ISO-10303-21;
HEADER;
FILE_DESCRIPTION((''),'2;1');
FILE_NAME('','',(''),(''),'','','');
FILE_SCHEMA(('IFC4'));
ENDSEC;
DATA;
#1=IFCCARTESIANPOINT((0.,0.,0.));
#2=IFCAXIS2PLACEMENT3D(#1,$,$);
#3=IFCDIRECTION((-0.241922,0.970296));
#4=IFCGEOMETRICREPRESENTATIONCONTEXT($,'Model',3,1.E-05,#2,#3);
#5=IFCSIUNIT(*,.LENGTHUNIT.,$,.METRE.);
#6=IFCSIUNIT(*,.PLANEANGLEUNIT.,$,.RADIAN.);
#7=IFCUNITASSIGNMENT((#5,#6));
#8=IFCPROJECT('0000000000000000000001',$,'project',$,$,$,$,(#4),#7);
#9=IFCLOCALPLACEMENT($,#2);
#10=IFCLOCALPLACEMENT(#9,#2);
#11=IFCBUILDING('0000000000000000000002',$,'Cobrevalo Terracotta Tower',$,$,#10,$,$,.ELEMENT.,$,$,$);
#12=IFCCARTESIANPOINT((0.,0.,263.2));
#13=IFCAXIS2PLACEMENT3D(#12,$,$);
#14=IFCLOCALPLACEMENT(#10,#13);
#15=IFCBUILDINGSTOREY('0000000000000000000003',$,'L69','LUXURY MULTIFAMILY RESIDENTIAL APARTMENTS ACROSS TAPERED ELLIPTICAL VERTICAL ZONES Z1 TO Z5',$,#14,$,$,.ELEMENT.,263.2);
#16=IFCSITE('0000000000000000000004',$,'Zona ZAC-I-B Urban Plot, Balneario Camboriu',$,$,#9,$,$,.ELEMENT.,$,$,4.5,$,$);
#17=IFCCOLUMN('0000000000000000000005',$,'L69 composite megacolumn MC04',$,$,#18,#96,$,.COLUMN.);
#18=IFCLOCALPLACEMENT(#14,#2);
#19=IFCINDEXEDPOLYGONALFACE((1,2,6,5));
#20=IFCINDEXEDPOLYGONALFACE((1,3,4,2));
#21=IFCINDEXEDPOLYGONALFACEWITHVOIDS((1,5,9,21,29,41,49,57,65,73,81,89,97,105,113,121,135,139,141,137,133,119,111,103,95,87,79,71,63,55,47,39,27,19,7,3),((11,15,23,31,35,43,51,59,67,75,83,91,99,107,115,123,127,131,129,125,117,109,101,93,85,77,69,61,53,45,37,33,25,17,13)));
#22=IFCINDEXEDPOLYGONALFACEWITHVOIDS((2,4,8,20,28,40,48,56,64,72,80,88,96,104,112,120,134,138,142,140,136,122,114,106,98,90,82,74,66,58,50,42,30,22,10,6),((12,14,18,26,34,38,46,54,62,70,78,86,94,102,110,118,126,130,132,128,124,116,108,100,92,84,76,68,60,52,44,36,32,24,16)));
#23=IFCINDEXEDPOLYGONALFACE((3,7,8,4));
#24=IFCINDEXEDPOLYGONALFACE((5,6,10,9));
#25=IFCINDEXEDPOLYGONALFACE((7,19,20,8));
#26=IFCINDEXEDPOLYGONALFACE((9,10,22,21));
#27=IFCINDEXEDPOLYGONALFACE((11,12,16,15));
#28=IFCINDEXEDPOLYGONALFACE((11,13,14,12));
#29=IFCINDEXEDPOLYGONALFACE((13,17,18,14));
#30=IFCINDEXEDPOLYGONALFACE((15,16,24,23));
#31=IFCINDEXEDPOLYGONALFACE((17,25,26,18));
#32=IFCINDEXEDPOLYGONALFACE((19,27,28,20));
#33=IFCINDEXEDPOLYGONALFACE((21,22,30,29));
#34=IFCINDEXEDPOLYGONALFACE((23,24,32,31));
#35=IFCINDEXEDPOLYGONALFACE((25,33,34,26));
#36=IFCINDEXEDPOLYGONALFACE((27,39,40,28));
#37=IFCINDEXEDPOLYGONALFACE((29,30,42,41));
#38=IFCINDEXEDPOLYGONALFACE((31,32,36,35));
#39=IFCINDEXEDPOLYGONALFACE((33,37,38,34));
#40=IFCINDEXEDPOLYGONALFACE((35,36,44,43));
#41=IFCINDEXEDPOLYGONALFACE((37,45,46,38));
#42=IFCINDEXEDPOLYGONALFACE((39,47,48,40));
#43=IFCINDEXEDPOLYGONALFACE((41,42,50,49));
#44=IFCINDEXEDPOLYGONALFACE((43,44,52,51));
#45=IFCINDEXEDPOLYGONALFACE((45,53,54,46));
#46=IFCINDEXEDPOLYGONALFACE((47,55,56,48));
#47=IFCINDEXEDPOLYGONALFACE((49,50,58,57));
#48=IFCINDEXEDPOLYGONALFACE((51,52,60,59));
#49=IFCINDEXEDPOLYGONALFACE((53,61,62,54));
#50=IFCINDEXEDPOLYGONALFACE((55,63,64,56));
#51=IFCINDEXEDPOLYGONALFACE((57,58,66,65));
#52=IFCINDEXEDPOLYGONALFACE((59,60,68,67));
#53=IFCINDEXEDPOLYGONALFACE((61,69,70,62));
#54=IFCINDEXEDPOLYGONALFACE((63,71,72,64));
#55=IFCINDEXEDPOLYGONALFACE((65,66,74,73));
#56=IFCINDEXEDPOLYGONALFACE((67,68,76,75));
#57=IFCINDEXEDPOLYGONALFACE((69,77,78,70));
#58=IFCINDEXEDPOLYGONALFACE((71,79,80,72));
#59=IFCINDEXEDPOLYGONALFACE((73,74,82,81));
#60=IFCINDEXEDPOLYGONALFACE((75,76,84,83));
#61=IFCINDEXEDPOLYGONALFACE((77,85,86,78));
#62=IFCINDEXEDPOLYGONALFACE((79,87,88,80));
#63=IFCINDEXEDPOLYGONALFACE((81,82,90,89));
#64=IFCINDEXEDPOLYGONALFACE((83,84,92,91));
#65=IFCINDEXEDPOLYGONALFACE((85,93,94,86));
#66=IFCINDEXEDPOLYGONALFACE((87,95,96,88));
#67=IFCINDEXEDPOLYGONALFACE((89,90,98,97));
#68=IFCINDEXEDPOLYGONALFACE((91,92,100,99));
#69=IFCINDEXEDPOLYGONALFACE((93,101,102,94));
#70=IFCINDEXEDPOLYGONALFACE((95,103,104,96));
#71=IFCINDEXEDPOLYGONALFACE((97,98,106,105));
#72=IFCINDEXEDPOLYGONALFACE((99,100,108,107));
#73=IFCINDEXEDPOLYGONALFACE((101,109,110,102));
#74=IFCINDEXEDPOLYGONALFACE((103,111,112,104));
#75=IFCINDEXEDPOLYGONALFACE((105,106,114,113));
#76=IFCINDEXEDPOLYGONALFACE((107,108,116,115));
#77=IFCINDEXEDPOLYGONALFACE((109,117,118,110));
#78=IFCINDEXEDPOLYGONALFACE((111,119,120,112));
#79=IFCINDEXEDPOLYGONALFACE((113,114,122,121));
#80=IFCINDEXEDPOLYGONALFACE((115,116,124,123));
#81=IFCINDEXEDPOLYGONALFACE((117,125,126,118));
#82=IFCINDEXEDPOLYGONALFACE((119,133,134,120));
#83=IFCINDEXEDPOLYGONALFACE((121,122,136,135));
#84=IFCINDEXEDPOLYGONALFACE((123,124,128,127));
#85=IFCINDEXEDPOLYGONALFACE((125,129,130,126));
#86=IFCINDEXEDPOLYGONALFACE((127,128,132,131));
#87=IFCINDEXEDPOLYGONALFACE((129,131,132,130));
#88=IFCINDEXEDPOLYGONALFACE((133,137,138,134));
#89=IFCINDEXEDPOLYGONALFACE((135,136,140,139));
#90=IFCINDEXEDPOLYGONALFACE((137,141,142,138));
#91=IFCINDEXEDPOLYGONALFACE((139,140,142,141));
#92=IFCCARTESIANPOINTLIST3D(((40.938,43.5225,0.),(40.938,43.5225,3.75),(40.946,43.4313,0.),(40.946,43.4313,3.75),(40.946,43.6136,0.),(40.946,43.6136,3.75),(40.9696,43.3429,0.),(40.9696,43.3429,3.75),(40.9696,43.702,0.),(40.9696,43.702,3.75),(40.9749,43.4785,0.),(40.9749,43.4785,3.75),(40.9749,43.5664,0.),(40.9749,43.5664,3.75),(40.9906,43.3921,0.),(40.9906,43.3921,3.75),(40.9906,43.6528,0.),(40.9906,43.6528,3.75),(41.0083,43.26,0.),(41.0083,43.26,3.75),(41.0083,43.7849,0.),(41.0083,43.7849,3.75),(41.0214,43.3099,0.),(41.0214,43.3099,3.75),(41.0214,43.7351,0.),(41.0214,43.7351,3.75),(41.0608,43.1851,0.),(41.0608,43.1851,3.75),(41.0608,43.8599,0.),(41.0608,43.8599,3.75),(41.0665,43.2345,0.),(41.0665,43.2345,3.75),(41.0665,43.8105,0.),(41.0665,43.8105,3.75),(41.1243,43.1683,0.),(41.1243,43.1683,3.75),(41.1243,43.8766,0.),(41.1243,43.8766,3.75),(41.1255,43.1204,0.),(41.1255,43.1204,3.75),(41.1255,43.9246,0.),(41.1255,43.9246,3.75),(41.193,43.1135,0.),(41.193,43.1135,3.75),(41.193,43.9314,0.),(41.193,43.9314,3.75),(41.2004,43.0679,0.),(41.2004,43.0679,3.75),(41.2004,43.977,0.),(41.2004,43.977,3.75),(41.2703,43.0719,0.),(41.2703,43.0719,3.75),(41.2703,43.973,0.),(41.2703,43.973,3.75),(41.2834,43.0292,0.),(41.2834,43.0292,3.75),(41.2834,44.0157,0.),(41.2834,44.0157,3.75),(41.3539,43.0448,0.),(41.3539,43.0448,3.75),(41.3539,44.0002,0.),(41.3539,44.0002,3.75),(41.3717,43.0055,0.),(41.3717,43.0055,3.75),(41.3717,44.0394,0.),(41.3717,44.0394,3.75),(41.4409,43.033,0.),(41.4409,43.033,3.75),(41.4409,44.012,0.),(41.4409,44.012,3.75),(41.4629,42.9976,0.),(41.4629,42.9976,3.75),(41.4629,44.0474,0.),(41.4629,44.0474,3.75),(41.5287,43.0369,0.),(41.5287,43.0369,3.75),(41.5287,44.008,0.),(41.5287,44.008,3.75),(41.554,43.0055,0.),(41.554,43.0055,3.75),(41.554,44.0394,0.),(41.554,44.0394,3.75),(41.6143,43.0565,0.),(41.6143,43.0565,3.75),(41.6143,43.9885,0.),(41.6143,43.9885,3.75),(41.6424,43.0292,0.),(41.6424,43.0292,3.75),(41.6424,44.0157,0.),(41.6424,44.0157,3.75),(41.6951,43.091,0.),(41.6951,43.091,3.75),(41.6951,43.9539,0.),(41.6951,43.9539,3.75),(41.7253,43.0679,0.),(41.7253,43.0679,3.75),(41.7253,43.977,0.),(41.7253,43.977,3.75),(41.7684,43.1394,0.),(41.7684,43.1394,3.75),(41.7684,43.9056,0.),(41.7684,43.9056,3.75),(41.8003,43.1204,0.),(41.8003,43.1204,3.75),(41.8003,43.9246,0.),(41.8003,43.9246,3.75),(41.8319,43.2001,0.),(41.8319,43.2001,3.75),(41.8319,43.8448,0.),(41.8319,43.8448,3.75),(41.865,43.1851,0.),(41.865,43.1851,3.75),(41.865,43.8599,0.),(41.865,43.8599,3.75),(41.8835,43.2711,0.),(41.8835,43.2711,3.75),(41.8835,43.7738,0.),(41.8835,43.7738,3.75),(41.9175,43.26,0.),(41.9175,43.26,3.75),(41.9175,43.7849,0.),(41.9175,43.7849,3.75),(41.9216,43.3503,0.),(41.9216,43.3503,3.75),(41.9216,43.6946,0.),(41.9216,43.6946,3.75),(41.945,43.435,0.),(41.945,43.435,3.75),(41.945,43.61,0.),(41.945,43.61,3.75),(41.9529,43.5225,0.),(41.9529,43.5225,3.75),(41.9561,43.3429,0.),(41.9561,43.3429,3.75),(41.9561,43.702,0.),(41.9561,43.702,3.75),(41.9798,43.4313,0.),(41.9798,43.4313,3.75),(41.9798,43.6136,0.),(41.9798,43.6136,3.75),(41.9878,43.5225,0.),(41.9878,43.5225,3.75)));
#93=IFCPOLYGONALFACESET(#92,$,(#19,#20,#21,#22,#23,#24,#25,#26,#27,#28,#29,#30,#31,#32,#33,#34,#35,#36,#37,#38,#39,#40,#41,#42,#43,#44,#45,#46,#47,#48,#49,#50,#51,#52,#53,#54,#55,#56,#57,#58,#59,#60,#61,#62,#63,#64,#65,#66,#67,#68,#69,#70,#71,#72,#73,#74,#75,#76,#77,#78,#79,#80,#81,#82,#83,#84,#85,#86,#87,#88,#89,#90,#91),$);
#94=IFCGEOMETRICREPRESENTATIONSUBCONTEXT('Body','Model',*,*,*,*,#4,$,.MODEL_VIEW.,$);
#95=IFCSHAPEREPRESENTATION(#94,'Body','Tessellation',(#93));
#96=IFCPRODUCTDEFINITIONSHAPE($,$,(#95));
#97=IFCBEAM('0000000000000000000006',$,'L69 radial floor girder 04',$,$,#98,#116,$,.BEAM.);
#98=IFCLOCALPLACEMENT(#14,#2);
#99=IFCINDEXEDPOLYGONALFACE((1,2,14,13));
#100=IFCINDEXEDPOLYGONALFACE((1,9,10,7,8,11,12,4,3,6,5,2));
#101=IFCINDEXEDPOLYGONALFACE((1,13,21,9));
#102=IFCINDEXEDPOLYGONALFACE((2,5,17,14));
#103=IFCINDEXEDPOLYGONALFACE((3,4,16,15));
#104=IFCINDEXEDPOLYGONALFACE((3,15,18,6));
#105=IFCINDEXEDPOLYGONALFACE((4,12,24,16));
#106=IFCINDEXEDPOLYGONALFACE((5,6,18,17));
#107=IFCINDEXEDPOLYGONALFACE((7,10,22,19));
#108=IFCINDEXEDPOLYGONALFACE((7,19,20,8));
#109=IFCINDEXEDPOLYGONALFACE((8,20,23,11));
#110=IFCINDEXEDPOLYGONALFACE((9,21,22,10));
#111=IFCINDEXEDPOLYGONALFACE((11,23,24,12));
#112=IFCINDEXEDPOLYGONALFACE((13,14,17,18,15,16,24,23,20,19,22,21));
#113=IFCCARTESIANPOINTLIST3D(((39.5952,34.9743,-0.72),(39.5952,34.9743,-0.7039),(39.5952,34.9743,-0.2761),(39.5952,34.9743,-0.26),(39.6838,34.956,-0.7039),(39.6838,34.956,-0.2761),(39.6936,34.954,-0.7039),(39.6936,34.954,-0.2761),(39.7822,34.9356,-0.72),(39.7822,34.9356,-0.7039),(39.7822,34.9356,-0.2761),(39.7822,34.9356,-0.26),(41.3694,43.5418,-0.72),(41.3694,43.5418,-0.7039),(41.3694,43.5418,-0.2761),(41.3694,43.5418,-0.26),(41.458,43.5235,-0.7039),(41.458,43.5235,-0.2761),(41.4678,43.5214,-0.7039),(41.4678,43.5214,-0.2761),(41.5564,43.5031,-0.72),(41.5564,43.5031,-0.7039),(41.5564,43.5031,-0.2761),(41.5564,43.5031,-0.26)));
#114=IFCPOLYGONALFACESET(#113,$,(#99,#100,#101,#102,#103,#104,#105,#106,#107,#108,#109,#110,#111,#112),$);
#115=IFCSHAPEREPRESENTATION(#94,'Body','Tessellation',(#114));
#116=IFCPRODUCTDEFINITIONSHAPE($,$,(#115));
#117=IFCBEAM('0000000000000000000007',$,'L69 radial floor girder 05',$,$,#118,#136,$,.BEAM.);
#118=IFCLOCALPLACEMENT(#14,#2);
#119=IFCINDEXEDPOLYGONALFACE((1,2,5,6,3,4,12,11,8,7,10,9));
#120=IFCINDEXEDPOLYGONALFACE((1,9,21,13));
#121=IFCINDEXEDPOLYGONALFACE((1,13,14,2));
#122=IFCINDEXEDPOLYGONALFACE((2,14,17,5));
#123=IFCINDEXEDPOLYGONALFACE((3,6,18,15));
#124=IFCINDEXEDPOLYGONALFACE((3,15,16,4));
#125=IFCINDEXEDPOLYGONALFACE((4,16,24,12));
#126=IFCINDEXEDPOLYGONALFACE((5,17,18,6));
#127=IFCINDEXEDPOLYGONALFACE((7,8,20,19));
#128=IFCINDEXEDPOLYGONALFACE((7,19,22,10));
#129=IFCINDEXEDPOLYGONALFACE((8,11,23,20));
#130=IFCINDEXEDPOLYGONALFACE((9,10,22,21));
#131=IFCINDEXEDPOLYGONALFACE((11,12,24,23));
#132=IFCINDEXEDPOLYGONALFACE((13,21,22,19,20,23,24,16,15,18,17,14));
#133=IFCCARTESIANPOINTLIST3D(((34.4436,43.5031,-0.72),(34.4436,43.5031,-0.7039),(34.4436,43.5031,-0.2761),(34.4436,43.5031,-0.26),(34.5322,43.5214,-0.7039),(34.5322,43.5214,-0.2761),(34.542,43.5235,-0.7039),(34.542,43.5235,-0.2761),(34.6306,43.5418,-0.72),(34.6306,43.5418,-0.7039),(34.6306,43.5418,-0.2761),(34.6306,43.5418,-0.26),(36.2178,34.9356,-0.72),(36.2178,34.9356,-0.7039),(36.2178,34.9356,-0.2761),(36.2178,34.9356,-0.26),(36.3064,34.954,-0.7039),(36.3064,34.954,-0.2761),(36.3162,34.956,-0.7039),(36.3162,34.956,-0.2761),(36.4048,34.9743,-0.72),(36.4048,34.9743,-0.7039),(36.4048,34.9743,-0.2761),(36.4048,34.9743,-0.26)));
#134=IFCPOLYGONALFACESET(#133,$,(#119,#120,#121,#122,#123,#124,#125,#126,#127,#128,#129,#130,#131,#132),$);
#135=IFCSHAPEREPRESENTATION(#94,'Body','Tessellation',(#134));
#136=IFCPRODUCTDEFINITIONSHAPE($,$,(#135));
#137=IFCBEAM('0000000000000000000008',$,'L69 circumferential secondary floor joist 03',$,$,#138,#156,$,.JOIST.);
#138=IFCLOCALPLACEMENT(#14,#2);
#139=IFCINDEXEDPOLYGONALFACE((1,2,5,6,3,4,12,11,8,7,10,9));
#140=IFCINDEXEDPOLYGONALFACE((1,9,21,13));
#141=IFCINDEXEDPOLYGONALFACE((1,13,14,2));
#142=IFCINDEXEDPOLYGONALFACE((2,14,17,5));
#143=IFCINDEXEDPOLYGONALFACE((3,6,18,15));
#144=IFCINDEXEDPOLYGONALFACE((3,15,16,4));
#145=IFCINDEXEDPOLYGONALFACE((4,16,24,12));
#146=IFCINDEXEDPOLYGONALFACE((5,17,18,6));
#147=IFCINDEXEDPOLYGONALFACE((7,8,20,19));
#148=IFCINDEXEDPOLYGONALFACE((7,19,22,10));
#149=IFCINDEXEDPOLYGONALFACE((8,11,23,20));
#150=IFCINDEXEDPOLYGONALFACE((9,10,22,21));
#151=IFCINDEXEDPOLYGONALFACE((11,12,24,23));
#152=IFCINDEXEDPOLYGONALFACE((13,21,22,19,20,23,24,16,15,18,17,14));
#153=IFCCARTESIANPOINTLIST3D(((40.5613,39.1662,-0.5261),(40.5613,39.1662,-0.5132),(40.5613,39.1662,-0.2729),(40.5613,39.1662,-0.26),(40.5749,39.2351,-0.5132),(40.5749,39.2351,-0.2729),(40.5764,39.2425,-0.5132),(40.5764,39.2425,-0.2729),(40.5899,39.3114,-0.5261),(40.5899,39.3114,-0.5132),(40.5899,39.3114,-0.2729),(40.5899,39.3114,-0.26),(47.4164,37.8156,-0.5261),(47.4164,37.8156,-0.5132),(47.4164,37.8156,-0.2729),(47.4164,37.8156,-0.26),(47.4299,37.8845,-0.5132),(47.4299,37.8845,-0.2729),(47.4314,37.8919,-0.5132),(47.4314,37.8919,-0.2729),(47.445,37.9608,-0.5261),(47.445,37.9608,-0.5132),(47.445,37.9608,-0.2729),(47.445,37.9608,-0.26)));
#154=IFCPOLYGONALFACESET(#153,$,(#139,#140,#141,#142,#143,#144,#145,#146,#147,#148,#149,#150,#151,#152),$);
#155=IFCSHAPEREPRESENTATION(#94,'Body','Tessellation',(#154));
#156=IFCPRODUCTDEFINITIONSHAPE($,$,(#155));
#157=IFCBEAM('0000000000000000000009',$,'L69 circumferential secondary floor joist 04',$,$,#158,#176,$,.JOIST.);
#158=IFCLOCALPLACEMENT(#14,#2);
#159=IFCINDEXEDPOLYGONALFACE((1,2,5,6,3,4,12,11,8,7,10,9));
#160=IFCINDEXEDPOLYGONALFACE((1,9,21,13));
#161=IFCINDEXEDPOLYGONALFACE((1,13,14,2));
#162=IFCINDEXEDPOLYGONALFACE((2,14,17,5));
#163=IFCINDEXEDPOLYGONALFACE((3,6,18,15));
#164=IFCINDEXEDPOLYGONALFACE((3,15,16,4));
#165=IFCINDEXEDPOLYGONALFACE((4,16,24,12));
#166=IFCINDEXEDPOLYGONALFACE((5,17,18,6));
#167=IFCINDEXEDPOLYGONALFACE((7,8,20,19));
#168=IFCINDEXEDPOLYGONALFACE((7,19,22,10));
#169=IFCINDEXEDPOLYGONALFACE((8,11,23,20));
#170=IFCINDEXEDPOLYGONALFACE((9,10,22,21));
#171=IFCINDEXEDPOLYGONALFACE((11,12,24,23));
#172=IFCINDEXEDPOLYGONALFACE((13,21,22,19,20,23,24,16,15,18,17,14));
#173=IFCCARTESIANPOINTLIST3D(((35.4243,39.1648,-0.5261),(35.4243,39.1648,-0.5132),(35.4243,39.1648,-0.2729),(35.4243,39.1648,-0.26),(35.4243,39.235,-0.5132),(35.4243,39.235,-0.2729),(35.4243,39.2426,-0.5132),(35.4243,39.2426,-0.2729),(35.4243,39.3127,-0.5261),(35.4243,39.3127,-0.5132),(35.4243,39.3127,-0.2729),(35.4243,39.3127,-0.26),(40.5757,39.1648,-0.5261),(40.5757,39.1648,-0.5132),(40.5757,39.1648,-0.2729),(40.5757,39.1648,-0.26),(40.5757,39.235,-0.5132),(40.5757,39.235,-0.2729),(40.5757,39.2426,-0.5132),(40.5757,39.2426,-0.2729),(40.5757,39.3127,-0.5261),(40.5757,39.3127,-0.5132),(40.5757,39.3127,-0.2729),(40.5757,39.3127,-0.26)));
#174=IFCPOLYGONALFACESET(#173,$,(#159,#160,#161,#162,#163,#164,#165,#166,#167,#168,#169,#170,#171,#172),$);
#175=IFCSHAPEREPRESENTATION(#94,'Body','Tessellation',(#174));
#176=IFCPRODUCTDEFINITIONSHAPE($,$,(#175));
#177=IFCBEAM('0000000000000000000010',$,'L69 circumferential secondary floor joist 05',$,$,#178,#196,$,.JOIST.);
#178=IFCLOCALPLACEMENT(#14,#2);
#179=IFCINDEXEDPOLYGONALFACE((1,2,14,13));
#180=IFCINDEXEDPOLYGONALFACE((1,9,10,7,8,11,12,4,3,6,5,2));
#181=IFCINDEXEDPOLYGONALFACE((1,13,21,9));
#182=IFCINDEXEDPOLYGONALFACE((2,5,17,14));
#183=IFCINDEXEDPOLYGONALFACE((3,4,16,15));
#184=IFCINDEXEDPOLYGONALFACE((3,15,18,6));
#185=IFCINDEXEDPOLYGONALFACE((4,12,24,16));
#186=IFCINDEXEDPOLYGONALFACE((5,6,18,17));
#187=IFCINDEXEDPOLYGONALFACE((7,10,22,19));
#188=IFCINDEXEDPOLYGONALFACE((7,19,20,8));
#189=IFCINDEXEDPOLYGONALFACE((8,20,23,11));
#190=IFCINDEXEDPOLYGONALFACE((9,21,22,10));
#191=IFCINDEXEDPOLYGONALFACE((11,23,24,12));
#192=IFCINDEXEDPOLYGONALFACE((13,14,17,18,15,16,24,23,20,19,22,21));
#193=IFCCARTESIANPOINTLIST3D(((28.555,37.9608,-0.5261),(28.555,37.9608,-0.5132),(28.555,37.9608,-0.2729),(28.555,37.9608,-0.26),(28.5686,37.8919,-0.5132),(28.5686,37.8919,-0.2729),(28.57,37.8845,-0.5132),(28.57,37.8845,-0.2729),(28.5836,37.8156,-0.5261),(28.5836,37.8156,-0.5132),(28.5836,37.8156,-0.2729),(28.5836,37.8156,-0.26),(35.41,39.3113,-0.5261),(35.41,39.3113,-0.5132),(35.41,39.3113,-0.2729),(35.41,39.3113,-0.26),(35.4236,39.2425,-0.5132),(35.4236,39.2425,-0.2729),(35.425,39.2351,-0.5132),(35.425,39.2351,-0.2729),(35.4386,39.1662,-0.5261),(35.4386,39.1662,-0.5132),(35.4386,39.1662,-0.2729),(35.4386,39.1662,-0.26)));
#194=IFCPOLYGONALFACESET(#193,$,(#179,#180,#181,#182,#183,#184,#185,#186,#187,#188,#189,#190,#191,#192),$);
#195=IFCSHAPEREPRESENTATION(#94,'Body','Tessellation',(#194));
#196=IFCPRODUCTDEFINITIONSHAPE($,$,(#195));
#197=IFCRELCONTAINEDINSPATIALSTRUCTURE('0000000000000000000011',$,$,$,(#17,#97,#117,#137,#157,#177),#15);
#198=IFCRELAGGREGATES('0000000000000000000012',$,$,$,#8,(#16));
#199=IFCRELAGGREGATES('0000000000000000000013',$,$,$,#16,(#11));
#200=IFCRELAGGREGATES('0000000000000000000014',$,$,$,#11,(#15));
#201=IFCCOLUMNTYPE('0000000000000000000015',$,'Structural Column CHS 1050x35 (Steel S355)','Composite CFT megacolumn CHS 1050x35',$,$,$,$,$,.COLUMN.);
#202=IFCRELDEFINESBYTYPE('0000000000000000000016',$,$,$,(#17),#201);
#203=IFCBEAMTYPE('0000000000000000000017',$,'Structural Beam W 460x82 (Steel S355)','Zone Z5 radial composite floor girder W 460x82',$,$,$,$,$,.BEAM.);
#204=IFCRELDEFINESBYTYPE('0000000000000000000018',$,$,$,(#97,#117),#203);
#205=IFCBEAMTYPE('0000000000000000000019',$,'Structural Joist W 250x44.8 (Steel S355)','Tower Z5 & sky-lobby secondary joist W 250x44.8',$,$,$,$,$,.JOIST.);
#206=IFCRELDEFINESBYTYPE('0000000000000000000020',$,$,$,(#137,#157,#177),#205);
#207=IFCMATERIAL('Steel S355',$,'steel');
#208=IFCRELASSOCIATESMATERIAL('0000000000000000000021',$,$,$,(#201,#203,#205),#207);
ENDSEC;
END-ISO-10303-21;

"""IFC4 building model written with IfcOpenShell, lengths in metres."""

from ifc_helpers import new_model, si_unit, direction, frame, origin, origin_2d, place, context, subcontext, project, spatial, hollow_circle, i_section, extrude, material, material_profile, profile_set, type_object, element, save


model = new_model("IFC4")

# Units and contexts
model_context = context("Model", 3, precision=1e-05, world=origin(), true_north=direction((-0.241922, 0.970296)))
body_context = subcontext(model_context, "Body", "Model", "MODEL_VIEW")
ifc_project = project(units=[si_unit("LENGTHUNIT", "METRE"), si_unit("PLANEANGLEUNIT", "RADIAN")], contexts=[model_context])

# Site, building, storey
site_placement = place(None, origin())
site = spatial("IfcSite", under=ifc_project, at=site_placement, Name="Zona ZAC-I-B Urban Plot, Balneario Camboriu", CompositionType="ELEMENT", RefElevation=4.5)
building_placement = place(site_placement, origin())
building = spatial("IfcBuilding", under=site, at=building_placement, Name="Cobrevalo Terracotta Tower", CompositionType="ELEMENT")
storey_placement = place(building_placement, frame((0.0, 0.0, 263.2)))
storey = spatial("IfcBuildingStorey", under=building, at=storey_placement, Name="L69", Description="LUXURY MULTIFAMILY RESIDENTIAL APARTMENTS ACROSS TAPERED ELLIPTICAL VERTICAL ZONES Z1 TO Z5", CompositionType="ELEMENT", Elevation=263.2)

# Column
ifc_material_1 = material(Name="Steel S355", Category="steel")
ifc_material_profile_1 = material_profile(ifc_material_1, hollow_circle(Radius=0.5249, WallThickness=0.0349, at=origin_2d()), Name="CHS 1050x35")
ifc_profile_set_1 = profile_set([ifc_material_profile_1], Name="Steel S355")
column_type = type_object("IfcColumnType", Name="Structural Column CHS 1050x35 (Steel S355)", Description="Composite CFT megacolumn CHS 1050x35", PredefinedType="COLUMN", material=ifc_profile_set_1)
column_placement = place(storey_placement, frame((41.4629, 43.5225, 0.0), z_axis=(0.0, 0.0, 1.0), x_axis=(1.0, 0.0, 0.0)))
element("IfcColumn", 1, at=column_placement, inside=storey, type_object=column_type, Name="L69 composite megacolumn MC04", PredefinedType="COLUMN", context=body_context, shape_type="SweptSolid", body=[
    extrude(hollow_circle(Radius=0.5249, WallThickness=0.0349, at=origin_2d()), origin(), (0.0, 0.0, 1.0), 3.75),
])

# Beams
ifc_material_profile_2 = material_profile(ifc_material_1, i_section(OverallWidth=0.1909, OverallDepth=0.46, WebThickness=0.01, FlangeThickness=0.0161, at=origin_2d()), Name="W 460x82")
ifc_profile_set_2 = profile_set([ifc_material_profile_2], Name="Steel S355")
beam_type_1 = type_object("IfcBeamType", Name="Structural Beam W 460x82 (Steel S355)", Description="Zone Z5 radial composite floor girder W 460x82", PredefinedType="BEAM", material=ifc_profile_set_2)
for number, where, z_axis, x_axis, name in (
    (2, (41.4629, 43.5225, -0.49), (-0.202782, -0.979224, 0.0), (0.979224, -0.202782, 0.0), "L69 radial floor girder 04"),
    (3, (34.5371, 43.5225, -0.49), (0.202782, -0.979224, 0.0), (0.979224, 0.202782, 0.0), "L69 radial floor girder 05"),
):
    element("IfcBeam", number, at=place(storey_placement, frame(where, z_axis=z_axis, x_axis=x_axis)), inside=storey, type_object=beam_type_1, Name=name, PredefinedType="BEAM", context=body_context, shape_type="SweptSolid", body=[
        extrude(i_section(OverallWidth=0.1909, OverallDepth=0.46, WebThickness=0.01, FlangeThickness=0.0161, at=origin_2d()), origin(), (0.0, 0.0, 1.0), 8.7493),
    ])
ifc_material_profile_3 = material_profile(ifc_material_1, i_section(OverallWidth=0.1479, OverallDepth=0.2661, WebThickness=0.0076, FlangeThickness=0.0129, at=origin_2d()), Name="W 250x44.8")
ifc_profile_set_3 = profile_set([ifc_material_profile_3], Name="Steel S355")
beam_type_2 = type_object("IfcBeamType", Name="Structural Joist W 250x44.8 (Steel S355)", Description="Tower Z5 & sky-lobby secondary joist W 250x44.8", PredefinedType="JOIST", material=ifc_profile_set_3)
beam_1_placement = place(storey_placement, frame((47.4307, 37.8882, -0.3931), z_axis=(-0.981138, 0.193306, 0.0), x_axis=(-0.193306, -0.981138, 0.0)))
element("IfcBeam", 4, at=beam_1_placement, inside=storey, type_object=beam_type_2, Name="L69 circumferential secondary floor joist 03", PredefinedType="JOIST", context=body_context, shape_type="SweptSolid", body=[
    extrude(i_section(OverallWidth=0.1479, OverallDepth=0.2661, WebThickness=0.0076, FlangeThickness=0.0129, at=origin_2d()), origin(), (0.0, 0.0, 1.0), 6.9868),
])
beam_2_placement = place(storey_placement, frame((40.5757, 39.2388, -0.3931), z_axis=(-1.0, 0.0, 0.0), x_axis=(0.0, -1.0, 0.0)))
element("IfcBeam", 5, at=beam_2_placement, inside=storey, type_object=beam_type_2, Name="L69 circumferential secondary floor joist 04", PredefinedType="JOIST", context=body_context, shape_type="SweptSolid", body=[
    extrude(i_section(OverallWidth=0.1479, OverallDepth=0.2661, WebThickness=0.0076, FlangeThickness=0.0129, at=origin_2d()), origin(), (0.0, 0.0, 1.0), 5.1514),
])
beam_3_placement = place(storey_placement, frame((35.4243, 39.2388, -0.3931), z_axis=(-0.981138, -0.193306, 0.0), x_axis=(0.193306, -0.981138, 0.0)))
element("IfcBeam", 6, at=beam_3_placement, inside=storey, type_object=beam_type_2, Name="L69 circumferential secondary floor joist 05", PredefinedType="JOIST", context=body_context, shape_type="SweptSolid", body=[
    extrude(i_section(OverallWidth=0.1479, OverallDepth=0.2661, WebThickness=0.0076, FlangeThickness=0.0129, at=origin_2d()), origin(), (0.0, 0.0, 1.0), 6.9868),
])

save(model, "model.ifc")
